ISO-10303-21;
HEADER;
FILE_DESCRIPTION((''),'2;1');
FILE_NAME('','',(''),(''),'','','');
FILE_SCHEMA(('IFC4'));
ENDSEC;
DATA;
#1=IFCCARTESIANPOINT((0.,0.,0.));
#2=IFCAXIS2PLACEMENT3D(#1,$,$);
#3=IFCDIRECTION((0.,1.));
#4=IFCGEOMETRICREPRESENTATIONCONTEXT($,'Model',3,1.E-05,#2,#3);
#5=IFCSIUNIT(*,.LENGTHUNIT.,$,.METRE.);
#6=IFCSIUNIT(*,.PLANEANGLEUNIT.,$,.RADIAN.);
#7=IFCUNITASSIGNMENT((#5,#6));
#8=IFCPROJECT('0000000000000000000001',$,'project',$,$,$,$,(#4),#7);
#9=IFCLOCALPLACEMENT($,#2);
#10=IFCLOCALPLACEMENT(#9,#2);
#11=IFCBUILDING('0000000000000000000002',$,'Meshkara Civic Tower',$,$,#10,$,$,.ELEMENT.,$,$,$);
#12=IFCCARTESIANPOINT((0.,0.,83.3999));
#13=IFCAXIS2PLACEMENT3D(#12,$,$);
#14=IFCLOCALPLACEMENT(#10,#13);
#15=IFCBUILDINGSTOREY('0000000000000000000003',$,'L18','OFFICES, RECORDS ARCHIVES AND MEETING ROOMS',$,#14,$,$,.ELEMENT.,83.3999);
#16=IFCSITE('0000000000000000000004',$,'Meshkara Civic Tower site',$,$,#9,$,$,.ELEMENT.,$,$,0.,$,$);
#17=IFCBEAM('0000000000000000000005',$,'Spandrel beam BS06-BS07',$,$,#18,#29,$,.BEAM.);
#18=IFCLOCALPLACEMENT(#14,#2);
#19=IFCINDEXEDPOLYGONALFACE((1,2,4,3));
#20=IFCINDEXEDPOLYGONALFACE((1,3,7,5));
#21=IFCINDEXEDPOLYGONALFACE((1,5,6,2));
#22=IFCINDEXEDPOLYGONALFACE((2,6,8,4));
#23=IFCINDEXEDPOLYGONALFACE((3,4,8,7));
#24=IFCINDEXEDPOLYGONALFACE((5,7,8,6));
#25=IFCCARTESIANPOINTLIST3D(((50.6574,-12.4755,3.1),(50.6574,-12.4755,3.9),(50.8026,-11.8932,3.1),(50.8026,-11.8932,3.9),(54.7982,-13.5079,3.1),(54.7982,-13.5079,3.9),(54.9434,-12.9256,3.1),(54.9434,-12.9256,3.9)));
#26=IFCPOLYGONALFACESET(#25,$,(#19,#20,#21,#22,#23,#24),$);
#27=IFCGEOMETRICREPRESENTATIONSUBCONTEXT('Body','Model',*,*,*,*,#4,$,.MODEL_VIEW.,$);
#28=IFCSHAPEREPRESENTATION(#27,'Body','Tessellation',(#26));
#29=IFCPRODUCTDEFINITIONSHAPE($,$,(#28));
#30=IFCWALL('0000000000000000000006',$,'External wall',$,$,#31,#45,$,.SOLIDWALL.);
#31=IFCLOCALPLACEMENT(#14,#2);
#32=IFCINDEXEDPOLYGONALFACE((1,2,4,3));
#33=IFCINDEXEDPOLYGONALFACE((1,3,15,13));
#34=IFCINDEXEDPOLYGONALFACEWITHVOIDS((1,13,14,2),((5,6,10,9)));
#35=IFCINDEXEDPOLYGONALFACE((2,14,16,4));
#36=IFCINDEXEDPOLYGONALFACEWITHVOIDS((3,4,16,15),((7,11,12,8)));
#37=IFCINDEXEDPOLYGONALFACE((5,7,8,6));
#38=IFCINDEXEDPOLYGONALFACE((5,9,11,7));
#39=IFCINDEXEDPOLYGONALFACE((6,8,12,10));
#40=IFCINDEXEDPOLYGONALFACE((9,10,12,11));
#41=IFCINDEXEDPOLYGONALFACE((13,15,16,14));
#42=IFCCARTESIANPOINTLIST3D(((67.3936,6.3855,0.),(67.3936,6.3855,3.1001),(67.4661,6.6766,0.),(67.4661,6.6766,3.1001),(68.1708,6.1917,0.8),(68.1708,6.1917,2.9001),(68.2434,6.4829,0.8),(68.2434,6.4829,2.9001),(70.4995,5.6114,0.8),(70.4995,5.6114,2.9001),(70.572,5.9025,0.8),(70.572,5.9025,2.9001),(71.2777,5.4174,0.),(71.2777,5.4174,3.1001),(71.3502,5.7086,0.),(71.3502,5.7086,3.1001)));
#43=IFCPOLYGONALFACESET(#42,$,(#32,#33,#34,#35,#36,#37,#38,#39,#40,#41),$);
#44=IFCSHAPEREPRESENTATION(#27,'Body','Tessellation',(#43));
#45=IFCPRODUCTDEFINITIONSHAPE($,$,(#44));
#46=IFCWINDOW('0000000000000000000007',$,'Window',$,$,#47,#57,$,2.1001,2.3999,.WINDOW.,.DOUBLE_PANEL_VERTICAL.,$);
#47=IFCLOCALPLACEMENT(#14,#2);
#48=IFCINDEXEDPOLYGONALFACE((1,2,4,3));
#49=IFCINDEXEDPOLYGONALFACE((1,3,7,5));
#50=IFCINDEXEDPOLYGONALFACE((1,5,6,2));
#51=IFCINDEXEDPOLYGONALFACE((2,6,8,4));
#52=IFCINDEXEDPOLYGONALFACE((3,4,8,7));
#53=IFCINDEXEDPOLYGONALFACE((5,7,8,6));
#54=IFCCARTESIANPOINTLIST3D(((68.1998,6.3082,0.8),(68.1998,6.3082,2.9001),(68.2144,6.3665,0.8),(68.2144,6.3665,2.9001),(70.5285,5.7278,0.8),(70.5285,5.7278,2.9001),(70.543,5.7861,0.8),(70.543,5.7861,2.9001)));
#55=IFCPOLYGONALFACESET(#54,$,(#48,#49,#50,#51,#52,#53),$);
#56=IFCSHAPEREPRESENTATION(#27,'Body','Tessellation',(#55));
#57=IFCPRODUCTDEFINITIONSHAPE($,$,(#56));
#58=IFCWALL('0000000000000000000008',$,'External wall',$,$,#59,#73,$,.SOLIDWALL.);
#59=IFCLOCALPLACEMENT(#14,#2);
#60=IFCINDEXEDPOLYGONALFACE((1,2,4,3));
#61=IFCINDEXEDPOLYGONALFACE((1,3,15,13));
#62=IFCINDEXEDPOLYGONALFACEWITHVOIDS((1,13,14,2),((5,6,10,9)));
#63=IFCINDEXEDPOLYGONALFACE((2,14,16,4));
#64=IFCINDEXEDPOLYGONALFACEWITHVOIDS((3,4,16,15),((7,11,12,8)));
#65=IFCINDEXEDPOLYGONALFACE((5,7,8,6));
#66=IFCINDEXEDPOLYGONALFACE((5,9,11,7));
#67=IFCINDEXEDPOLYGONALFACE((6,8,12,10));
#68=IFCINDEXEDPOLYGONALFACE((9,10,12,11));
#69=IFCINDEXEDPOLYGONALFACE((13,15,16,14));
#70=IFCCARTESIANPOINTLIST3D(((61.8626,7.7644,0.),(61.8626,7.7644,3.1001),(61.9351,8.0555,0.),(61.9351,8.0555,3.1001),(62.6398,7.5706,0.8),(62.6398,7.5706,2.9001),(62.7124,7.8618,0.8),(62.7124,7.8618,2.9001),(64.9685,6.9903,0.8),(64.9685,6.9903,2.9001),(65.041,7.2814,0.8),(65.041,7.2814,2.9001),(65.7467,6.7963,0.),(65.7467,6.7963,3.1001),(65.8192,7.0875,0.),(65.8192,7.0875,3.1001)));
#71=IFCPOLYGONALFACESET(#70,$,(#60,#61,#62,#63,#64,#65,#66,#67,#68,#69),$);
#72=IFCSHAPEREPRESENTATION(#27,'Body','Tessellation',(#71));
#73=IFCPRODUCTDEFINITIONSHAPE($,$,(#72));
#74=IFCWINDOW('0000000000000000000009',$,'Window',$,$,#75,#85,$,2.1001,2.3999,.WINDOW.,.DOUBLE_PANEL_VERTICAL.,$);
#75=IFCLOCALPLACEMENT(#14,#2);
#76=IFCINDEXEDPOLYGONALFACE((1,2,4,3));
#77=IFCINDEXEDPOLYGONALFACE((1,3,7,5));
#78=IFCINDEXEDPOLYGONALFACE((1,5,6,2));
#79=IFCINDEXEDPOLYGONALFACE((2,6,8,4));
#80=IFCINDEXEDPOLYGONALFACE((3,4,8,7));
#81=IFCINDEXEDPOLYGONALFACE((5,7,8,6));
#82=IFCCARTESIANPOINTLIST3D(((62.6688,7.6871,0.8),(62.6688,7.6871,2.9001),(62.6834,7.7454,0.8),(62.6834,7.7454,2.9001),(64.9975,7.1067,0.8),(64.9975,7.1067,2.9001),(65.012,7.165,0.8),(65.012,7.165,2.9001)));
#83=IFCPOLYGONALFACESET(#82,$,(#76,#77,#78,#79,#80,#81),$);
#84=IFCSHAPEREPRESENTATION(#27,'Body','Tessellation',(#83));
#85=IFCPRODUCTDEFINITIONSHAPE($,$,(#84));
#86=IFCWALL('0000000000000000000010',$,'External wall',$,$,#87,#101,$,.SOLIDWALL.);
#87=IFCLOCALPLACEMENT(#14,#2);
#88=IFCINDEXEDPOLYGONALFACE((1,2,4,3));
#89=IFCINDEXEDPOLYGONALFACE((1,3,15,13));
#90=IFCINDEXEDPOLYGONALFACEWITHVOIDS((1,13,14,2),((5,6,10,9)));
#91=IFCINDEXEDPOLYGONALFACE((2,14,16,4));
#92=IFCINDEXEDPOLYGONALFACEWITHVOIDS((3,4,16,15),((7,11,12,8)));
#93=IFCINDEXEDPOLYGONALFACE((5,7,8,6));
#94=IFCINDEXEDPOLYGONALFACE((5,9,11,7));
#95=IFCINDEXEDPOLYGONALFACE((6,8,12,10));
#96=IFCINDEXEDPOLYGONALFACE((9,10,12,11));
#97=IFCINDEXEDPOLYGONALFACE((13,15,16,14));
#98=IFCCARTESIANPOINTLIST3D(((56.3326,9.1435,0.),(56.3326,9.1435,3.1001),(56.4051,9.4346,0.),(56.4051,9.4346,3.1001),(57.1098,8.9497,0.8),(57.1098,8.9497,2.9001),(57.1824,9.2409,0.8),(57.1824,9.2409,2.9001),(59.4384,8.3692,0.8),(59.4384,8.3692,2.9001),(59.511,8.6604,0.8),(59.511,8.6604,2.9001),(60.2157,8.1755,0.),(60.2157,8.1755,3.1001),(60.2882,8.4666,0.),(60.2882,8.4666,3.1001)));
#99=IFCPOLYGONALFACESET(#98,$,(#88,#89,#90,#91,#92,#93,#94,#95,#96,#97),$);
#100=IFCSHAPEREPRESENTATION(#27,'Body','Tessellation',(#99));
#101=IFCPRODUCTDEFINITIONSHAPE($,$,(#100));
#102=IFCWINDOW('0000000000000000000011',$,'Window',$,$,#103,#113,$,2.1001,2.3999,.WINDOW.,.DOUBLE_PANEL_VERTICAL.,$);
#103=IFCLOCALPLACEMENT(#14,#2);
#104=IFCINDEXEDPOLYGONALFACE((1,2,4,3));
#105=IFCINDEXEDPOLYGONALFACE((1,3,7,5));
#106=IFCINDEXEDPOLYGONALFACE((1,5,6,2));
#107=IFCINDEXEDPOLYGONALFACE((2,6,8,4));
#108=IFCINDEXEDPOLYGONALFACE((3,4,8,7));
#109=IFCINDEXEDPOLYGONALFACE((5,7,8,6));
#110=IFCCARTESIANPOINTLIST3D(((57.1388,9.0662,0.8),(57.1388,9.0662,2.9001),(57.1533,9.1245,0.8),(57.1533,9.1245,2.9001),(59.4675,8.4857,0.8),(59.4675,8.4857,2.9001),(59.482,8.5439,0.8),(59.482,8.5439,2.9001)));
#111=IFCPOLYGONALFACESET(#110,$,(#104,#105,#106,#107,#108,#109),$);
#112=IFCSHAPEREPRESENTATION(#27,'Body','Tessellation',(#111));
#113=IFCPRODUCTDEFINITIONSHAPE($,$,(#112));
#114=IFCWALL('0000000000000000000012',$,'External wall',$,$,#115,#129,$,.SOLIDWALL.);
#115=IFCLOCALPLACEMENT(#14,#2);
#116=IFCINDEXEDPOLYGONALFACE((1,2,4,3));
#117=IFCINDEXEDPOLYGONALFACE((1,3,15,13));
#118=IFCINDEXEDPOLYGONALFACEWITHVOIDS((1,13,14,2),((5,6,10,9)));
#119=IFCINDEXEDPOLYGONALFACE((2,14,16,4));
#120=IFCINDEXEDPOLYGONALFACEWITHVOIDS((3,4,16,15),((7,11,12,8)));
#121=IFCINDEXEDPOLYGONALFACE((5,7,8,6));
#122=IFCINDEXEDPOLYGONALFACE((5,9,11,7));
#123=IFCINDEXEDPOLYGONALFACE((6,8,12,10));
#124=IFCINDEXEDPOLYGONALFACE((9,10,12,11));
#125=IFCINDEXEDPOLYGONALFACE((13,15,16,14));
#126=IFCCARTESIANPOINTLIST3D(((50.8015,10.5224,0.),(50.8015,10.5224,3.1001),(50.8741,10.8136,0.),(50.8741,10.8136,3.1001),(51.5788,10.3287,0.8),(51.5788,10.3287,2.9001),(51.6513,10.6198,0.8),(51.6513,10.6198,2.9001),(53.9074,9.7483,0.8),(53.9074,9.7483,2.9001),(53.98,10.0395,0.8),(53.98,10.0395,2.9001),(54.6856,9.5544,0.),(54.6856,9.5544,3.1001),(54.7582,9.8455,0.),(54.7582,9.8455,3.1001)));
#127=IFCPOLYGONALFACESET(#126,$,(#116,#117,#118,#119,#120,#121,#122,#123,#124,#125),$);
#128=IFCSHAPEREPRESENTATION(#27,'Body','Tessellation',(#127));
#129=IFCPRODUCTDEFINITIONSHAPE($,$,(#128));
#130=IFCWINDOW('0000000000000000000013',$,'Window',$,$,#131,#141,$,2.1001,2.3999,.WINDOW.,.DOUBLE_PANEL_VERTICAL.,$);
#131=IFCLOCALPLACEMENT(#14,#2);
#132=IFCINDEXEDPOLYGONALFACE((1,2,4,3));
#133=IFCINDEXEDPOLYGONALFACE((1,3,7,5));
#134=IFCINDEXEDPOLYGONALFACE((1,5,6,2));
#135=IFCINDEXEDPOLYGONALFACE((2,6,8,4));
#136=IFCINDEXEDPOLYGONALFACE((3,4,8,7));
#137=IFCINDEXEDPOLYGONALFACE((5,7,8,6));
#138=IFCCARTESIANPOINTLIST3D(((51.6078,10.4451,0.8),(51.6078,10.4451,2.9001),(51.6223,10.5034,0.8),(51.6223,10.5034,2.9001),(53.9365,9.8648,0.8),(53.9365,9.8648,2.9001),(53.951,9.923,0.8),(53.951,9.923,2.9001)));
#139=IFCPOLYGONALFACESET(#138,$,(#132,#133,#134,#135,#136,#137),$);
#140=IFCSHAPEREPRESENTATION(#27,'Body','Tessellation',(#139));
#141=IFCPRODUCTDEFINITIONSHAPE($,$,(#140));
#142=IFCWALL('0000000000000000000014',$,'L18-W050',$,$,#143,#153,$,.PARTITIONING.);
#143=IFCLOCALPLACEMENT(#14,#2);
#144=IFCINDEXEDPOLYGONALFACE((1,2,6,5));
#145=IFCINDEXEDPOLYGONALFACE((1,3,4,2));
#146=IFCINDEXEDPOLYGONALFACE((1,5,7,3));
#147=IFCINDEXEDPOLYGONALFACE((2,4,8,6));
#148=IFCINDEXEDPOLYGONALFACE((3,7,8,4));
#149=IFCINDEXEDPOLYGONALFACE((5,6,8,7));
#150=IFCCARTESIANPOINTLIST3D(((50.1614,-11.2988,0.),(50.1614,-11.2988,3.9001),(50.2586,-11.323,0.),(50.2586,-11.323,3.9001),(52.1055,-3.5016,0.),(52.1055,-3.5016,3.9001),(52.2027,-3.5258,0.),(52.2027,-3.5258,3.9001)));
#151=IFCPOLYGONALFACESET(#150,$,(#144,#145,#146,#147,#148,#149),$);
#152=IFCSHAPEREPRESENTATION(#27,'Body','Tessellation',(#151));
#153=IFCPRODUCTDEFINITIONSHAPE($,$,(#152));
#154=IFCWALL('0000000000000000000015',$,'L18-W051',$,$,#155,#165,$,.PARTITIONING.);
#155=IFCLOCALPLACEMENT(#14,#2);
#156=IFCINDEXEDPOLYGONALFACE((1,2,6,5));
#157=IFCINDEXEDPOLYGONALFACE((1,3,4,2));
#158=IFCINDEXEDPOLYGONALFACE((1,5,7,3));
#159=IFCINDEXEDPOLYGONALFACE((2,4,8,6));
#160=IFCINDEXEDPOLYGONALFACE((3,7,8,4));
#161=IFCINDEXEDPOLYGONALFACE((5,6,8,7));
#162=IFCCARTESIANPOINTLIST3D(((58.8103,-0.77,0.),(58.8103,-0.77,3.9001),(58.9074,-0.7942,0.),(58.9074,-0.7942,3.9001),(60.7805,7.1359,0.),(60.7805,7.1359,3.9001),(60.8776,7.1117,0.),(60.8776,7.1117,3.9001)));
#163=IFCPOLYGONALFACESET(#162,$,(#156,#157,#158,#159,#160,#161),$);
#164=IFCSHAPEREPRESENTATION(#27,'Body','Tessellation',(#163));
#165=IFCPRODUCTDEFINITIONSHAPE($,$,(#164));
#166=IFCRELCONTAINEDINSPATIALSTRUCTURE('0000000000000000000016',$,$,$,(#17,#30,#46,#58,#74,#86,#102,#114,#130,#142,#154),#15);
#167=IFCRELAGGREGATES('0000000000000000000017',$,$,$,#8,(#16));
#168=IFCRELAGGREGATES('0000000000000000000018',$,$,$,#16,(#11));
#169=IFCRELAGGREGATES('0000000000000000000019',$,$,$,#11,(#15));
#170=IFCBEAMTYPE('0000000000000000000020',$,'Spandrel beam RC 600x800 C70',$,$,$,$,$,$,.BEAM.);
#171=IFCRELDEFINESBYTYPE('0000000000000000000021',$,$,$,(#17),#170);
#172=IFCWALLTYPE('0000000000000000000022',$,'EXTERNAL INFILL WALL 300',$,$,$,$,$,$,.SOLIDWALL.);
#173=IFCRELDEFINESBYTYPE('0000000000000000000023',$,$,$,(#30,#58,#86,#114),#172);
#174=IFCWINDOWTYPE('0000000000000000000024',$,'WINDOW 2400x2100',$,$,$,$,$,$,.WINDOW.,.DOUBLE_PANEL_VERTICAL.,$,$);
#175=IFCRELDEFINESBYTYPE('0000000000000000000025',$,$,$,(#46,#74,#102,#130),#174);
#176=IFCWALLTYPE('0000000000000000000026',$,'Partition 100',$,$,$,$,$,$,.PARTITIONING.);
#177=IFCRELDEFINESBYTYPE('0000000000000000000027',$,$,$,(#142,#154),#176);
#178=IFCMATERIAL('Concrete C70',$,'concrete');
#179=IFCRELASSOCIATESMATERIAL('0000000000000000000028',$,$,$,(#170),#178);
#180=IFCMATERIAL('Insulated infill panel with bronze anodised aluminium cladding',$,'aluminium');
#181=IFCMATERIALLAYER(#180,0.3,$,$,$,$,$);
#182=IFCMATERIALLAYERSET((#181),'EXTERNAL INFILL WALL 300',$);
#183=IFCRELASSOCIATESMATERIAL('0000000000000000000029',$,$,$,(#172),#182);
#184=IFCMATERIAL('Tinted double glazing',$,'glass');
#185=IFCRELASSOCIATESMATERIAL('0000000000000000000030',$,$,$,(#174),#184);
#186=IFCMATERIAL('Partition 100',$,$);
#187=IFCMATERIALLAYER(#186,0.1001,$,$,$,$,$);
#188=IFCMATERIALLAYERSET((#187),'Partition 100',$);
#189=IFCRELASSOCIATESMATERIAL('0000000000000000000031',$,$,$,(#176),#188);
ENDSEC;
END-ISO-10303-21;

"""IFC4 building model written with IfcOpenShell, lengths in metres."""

from ifc_helpers import new_model, si_unit, direction, frame, frame_2d, origin, origin_2d, place, context, subcontext, project, spatial, rectangle, extrude, material, layer, layer_set, material_profile, profile_set, type_object, element, fill, save


model = new_model("IFC4")

# Units and contexts
model_context = context("Model", 3, precision=1e-05, world=origin(), true_north=direction((0.0, 1.0)))
body_context = subcontext(model_context, "Body", "Model", "MODEL_VIEW")
ifc_project = project(units=[si_unit("LENGTHUNIT", "METRE"), si_unit("PLANEANGLEUNIT", "RADIAN")], contexts=[model_context])

# Site, building, storey
site_placement = place(None, origin())
site = spatial("IfcSite", under=ifc_project, at=site_placement, Name="Meshkara Civic Tower site", CompositionType="ELEMENT", RefElevation=0.0)
building_placement = place(site_placement, origin())
building = spatial("IfcBuilding", under=site, at=building_placement, Name="Meshkara Civic Tower", CompositionType="ELEMENT")
storey_placement = place(building_placement, frame((0.0, 0.0, 83.3999)))
storey = spatial("IfcBuildingStorey", under=building, at=storey_placement, Name="L18", Description="OFFICES, RECORDS ARCHIVES AND MEETING ROOMS", CompositionType="ELEMENT", Elevation=83.3999)

# Beam
ifc_material_1 = material(Name="Concrete C70", Category="concrete")
ifc_material_profile_1 = material_profile(ifc_material_1, rectangle(XDim=0.6001, YDim=0.8, at=origin_2d()))
ifc_profile_set_1 = profile_set([ifc_material_profile_1], Name="Concrete C70")
beam_type = type_object("IfcBeamType", Name="Spandrel beam RC 600x800 C70", PredefinedType="BEAM", material=ifc_profile_set_1)
beam_1_placement = place(storey_placement, frame((50.73, -12.1843, 3.5), z_axis=(0.970294, -0.24193, 0.0), x_axis=(0.24193, 0.970294, 0.0)))
element("IfcBeam", 1, at=beam_1_placement, inside=storey, type_object=beam_type, Name="Spandrel beam BS06-BS07", PredefinedType="BEAM", context=body_context, shape_type="SweptSolid", body=[
    extrude(rectangle(XDim=0.6001, YDim=0.8, at=origin_2d()), origin(), (0.0, 0.0, 1.0), 4.2676),
])

# Walls, openings, windows
ifc_material_2 = material(Name="Insulated infill panel with bronze anodised aluminium cladding", Category="aluminium")
ifc_layer_1 = layer(ifc_material_2, 0.3)
ifc_layer_set_1 = layer_set([ifc_layer_1], Name="EXTERNAL INFILL WALL 300")
wall_type_1 = type_object("IfcWallType", Name="EXTERNAL INFILL WALL 300", PredefinedType="SOLIDWALL", material=ifc_layer_set_1)
wall_1_placement = place(storey_placement, frame((71.314, 5.563, 0.0), z_axis=(0.0, 0.0, 1.0), x_axis=(-0.970318, 0.241832, 0.0)))
wall_1 = element("IfcWall", 2, at=wall_1_placement, inside=storey, type_object=wall_type_1, Name="External wall", PredefinedType="SOLIDWALL", context=body_context, shape_type="SweptSolid", body=[
    extrude(rectangle(XDim=4.0029, YDim=0.3, at=frame_2d((2.0015, 0.0))), origin(), (0.0, 0.0, 1.0), 3.1001),
])
opening_1_placement = place(wall_1_placement, frame((0.802, 0.0, 0.8)))
opening_1 = element("IfcOpeningElement", 3, at=opening_1_placement, cuts=wall_1, PredefinedType="OPENING", context=body_context, shape_type="SweptSolid", body=[
    extrude(rectangle(XDim=2.3999, YDim=2.1001, at=frame_2d((1.2, 1.05))), frame((0.0, 0.1599, 0.0), z_axis=(0.0, -1.0, 0.0), x_axis=(1.0, 0.0, 0.0)), (0.0, 0.0, 1.0), 0.3201),
])
ifc_material_3 = material(Name="Tinted double glazing", Category="glass")
window_type = type_object("IfcWindowType", Name="WINDOW 2400x2100", PartitioningType="DOUBLE_PANEL_VERTICAL", PredefinedType="WINDOW", material=ifc_material_3)
window_1_placement = place(opening_1_placement, origin())
window_1 = element("IfcWindow", 4, at=window_1_placement, inside=storey, type_object=window_type, Name="Window", OverallHeight=2.1001, OverallWidth=2.3999, PartitioningType="DOUBLE_PANEL_VERTICAL", PredefinedType="WINDOW", context=body_context, shape_type="SweptSolid", body=[
    extrude(rectangle(XDim=2.3999, YDim=2.1001, at=frame_2d((1.2, 1.05))), frame((0.0, 0.03, 0.0), z_axis=(0.0, -1.0, 0.0), x_axis=(1.0, 0.0, 0.0)), (0.0, 0.0, 1.0), 0.0601),
])
fill(opening_1, window_1)
wall_2_placement = place(storey_placement, frame((65.783, 6.9419, 0.0), z_axis=(0.0, 0.0, 1.0), x_axis=(-0.970318, 0.241832, 0.0)))
wall_2 = element("IfcWall", 5, at=wall_2_placement, inside=storey, type_object=wall_type_1, Name="External wall", PredefinedType="SOLIDWALL", context=body_context, shape_type="SweptSolid", body=[
    extrude(rectangle(XDim=4.0029, YDim=0.3, at=frame_2d((2.0015, 0.0))), origin(), (0.0, 0.0, 1.0), 3.1001),
])
opening_2_placement = place(wall_2_placement, frame((0.802, 0.0, 0.8)))
opening_2 = element("IfcOpeningElement", 6, at=opening_2_placement, cuts=wall_2, PredefinedType="OPENING", context=body_context, shape_type="SweptSolid", body=[
    extrude(rectangle(XDim=2.3999, YDim=2.1001, at=frame_2d((1.2, 1.05))), frame((0.0, 0.1599, 0.0), z_axis=(0.0, -1.0, 0.0), x_axis=(1.0, 0.0, 0.0)), (0.0, 0.0, 1.0), 0.3201),
])
window_2_placement = place(opening_2_placement, origin())
window_2 = element("IfcWindow", 7, at=window_2_placement, inside=storey, type_object=window_type, Name="Window", OverallHeight=2.1001, OverallWidth=2.3999, PartitioningType="DOUBLE_PANEL_VERTICAL", PredefinedType="WINDOW", context=body_context, shape_type="SweptSolid", body=[
    extrude(rectangle(XDim=2.3999, YDim=2.1001, at=frame_2d((1.2, 1.05))), frame((0.0, 0.03, 0.0), z_axis=(0.0, -1.0, 0.0), x_axis=(1.0, 0.0, 0.0)), (0.0, 0.0, 1.0), 0.0601),
])
fill(opening_2, window_2)
wall_3_placement = place(storey_placement, frame((60.252, 8.321, 0.0), z_axis=(0.0, 0.0, 1.0), x_axis=(-0.970304, 0.24189, 0.0)))
wall_3 = element("IfcWall", 8, at=wall_3_placement, inside=storey, type_object=wall_type_1, Name="External wall", PredefinedType="SOLIDWALL", context=body_context, shape_type="SweptSolid", body=[
    extrude(rectangle(XDim=4.002, YDim=0.3, at=frame_2d((2.001, 0.0))), origin(), (0.0, 0.0, 1.0), 3.1001),
])
opening_3_placement = place(wall_3_placement, frame((0.801, 0.0, 0.8)))
opening_3 = element("IfcOpeningElement", 9, at=opening_3_placement, cuts=wall_3, PredefinedType="OPENING", context=body_context, shape_type="SweptSolid", body=[
    extrude(rectangle(XDim=2.3999, YDim=2.1001, at=frame_2d((1.2, 1.05))), frame((0.0, 0.1599, 0.0), z_axis=(0.0, -1.0, 0.0), x_axis=(1.0, 0.0, 0.0)), (0.0, 0.0, 1.0), 0.3201),
])
window_3_placement = place(opening_3_placement, origin())
window_3 = element("IfcWindow", 10, at=window_3_placement, inside=storey, type_object=window_type, Name="Window", OverallHeight=2.1001, OverallWidth=2.3999, PartitioningType="DOUBLE_PANEL_VERTICAL", PredefinedType="WINDOW", context=body_context, shape_type="SweptSolid", body=[
    extrude(rectangle(XDim=2.3999, YDim=2.1001, at=frame_2d((1.2, 1.05))), frame((0.0, 0.03, 0.0), z_axis=(0.0, -1.0, 0.0), x_axis=(1.0, 0.0, 0.0)), (0.0, 0.0, 1.0), 0.0601),
])
fill(opening_3, window_3)
wall_4_placement = place(storey_placement, frame((54.7219, 9.7, 0.0), z_axis=(0.0, 0.0, 1.0), x_axis=(-0.970318, 0.241832, 0.0)))
wall_4 = element("IfcWall", 11, at=wall_4_placement, inside=storey, type_object=wall_type_1, Name="External wall", PredefinedType="SOLIDWALL", context=body_context, shape_type="SweptSolid", body=[
    extrude(rectangle(XDim=4.0029, YDim=0.3, at=frame_2d((2.0015, 0.0))), origin(), (0.0, 0.0, 1.0), 3.1001),
])
opening_4_placement = place(wall_4_placement, frame((0.802, 0.0, 0.8)))
opening_4 = element("IfcOpeningElement", 12, at=opening_4_placement, cuts=wall_4, PredefinedType="OPENING", context=body_context, shape_type="SweptSolid", body=[
    extrude(rectangle(XDim=2.3999, YDim=2.1001, at=frame_2d((1.2, 1.05))), frame((0.0, 0.1599, 0.0), z_axis=(0.0, -1.0, 0.0), x_axis=(1.0, 0.0, 0.0)), (0.0, 0.0, 1.0), 0.3201),
])
window_4_placement = place(opening_4_placement, origin())
window_4 = element("IfcWindow", 13, at=window_4_placement, inside=storey, type_object=window_type, Name="Window", OverallHeight=2.1001, OverallWidth=2.3999, PartitioningType="DOUBLE_PANEL_VERTICAL", PredefinedType="WINDOW", context=body_context, shape_type="SweptSolid", body=[
    extrude(rectangle(XDim=2.3999, YDim=2.1001, at=frame_2d((1.2, 1.05))), frame((0.0, 0.03, 0.0), z_axis=(0.0, -1.0, 0.0), x_axis=(1.0, 0.0, 0.0)), (0.0, 0.0, 1.0), 0.0601),
])
fill(opening_4, window_4)

# Walls
ifc_material_4 = material(Name="Partition 100")
ifc_layer_2 = layer(ifc_material_4, 0.1001)
ifc_layer_set_2 = layer_set([ifc_layer_2], Name="Partition 100")
wall_type_2 = type_object("IfcWallType", Name="Partition 100", PredefinedType="PARTITIONING", material=ifc_layer_set_2)
wall_5_placement = place(storey_placement, frame((50.21, -11.311, 0.0), z_axis=(0.0, 0.0, 1.0), x_axis=(0.241928, 0.970294, 0.0)))
element("IfcWall", 14, at=wall_5_placement, inside=storey, type_object=wall_type_2, Name="L18-W050", PredefinedType="PARTITIONING", context=body_context, shape_type="SweptSolid", body=[
    extrude(rectangle(XDim=8.0359, YDim=0.1001, at=frame_2d((4.0181, 0.0))), origin(), (0.0, 0.0, 1.0), 3.9001),
])
wall_6_placement = place(storey_placement, frame((58.8589, -0.782, 0.0), z_axis=(0.0, 0.0, 1.0), x_axis=(0.241809, 0.970324, 0.0)))
element("IfcWall", 15, at=wall_6_placement, inside=storey, type_object=wall_type_2, Name="L18-W051", PredefinedType="PARTITIONING", context=body_context, shape_type="SweptSolid", body=[
    extrude(rectangle(XDim=8.1477, YDim=0.1001, at=frame_2d((4.0737, 0.0))), origin(), (0.0, 0.0, 1.0), 3.9001),
])

save(model, "model.ifc")
